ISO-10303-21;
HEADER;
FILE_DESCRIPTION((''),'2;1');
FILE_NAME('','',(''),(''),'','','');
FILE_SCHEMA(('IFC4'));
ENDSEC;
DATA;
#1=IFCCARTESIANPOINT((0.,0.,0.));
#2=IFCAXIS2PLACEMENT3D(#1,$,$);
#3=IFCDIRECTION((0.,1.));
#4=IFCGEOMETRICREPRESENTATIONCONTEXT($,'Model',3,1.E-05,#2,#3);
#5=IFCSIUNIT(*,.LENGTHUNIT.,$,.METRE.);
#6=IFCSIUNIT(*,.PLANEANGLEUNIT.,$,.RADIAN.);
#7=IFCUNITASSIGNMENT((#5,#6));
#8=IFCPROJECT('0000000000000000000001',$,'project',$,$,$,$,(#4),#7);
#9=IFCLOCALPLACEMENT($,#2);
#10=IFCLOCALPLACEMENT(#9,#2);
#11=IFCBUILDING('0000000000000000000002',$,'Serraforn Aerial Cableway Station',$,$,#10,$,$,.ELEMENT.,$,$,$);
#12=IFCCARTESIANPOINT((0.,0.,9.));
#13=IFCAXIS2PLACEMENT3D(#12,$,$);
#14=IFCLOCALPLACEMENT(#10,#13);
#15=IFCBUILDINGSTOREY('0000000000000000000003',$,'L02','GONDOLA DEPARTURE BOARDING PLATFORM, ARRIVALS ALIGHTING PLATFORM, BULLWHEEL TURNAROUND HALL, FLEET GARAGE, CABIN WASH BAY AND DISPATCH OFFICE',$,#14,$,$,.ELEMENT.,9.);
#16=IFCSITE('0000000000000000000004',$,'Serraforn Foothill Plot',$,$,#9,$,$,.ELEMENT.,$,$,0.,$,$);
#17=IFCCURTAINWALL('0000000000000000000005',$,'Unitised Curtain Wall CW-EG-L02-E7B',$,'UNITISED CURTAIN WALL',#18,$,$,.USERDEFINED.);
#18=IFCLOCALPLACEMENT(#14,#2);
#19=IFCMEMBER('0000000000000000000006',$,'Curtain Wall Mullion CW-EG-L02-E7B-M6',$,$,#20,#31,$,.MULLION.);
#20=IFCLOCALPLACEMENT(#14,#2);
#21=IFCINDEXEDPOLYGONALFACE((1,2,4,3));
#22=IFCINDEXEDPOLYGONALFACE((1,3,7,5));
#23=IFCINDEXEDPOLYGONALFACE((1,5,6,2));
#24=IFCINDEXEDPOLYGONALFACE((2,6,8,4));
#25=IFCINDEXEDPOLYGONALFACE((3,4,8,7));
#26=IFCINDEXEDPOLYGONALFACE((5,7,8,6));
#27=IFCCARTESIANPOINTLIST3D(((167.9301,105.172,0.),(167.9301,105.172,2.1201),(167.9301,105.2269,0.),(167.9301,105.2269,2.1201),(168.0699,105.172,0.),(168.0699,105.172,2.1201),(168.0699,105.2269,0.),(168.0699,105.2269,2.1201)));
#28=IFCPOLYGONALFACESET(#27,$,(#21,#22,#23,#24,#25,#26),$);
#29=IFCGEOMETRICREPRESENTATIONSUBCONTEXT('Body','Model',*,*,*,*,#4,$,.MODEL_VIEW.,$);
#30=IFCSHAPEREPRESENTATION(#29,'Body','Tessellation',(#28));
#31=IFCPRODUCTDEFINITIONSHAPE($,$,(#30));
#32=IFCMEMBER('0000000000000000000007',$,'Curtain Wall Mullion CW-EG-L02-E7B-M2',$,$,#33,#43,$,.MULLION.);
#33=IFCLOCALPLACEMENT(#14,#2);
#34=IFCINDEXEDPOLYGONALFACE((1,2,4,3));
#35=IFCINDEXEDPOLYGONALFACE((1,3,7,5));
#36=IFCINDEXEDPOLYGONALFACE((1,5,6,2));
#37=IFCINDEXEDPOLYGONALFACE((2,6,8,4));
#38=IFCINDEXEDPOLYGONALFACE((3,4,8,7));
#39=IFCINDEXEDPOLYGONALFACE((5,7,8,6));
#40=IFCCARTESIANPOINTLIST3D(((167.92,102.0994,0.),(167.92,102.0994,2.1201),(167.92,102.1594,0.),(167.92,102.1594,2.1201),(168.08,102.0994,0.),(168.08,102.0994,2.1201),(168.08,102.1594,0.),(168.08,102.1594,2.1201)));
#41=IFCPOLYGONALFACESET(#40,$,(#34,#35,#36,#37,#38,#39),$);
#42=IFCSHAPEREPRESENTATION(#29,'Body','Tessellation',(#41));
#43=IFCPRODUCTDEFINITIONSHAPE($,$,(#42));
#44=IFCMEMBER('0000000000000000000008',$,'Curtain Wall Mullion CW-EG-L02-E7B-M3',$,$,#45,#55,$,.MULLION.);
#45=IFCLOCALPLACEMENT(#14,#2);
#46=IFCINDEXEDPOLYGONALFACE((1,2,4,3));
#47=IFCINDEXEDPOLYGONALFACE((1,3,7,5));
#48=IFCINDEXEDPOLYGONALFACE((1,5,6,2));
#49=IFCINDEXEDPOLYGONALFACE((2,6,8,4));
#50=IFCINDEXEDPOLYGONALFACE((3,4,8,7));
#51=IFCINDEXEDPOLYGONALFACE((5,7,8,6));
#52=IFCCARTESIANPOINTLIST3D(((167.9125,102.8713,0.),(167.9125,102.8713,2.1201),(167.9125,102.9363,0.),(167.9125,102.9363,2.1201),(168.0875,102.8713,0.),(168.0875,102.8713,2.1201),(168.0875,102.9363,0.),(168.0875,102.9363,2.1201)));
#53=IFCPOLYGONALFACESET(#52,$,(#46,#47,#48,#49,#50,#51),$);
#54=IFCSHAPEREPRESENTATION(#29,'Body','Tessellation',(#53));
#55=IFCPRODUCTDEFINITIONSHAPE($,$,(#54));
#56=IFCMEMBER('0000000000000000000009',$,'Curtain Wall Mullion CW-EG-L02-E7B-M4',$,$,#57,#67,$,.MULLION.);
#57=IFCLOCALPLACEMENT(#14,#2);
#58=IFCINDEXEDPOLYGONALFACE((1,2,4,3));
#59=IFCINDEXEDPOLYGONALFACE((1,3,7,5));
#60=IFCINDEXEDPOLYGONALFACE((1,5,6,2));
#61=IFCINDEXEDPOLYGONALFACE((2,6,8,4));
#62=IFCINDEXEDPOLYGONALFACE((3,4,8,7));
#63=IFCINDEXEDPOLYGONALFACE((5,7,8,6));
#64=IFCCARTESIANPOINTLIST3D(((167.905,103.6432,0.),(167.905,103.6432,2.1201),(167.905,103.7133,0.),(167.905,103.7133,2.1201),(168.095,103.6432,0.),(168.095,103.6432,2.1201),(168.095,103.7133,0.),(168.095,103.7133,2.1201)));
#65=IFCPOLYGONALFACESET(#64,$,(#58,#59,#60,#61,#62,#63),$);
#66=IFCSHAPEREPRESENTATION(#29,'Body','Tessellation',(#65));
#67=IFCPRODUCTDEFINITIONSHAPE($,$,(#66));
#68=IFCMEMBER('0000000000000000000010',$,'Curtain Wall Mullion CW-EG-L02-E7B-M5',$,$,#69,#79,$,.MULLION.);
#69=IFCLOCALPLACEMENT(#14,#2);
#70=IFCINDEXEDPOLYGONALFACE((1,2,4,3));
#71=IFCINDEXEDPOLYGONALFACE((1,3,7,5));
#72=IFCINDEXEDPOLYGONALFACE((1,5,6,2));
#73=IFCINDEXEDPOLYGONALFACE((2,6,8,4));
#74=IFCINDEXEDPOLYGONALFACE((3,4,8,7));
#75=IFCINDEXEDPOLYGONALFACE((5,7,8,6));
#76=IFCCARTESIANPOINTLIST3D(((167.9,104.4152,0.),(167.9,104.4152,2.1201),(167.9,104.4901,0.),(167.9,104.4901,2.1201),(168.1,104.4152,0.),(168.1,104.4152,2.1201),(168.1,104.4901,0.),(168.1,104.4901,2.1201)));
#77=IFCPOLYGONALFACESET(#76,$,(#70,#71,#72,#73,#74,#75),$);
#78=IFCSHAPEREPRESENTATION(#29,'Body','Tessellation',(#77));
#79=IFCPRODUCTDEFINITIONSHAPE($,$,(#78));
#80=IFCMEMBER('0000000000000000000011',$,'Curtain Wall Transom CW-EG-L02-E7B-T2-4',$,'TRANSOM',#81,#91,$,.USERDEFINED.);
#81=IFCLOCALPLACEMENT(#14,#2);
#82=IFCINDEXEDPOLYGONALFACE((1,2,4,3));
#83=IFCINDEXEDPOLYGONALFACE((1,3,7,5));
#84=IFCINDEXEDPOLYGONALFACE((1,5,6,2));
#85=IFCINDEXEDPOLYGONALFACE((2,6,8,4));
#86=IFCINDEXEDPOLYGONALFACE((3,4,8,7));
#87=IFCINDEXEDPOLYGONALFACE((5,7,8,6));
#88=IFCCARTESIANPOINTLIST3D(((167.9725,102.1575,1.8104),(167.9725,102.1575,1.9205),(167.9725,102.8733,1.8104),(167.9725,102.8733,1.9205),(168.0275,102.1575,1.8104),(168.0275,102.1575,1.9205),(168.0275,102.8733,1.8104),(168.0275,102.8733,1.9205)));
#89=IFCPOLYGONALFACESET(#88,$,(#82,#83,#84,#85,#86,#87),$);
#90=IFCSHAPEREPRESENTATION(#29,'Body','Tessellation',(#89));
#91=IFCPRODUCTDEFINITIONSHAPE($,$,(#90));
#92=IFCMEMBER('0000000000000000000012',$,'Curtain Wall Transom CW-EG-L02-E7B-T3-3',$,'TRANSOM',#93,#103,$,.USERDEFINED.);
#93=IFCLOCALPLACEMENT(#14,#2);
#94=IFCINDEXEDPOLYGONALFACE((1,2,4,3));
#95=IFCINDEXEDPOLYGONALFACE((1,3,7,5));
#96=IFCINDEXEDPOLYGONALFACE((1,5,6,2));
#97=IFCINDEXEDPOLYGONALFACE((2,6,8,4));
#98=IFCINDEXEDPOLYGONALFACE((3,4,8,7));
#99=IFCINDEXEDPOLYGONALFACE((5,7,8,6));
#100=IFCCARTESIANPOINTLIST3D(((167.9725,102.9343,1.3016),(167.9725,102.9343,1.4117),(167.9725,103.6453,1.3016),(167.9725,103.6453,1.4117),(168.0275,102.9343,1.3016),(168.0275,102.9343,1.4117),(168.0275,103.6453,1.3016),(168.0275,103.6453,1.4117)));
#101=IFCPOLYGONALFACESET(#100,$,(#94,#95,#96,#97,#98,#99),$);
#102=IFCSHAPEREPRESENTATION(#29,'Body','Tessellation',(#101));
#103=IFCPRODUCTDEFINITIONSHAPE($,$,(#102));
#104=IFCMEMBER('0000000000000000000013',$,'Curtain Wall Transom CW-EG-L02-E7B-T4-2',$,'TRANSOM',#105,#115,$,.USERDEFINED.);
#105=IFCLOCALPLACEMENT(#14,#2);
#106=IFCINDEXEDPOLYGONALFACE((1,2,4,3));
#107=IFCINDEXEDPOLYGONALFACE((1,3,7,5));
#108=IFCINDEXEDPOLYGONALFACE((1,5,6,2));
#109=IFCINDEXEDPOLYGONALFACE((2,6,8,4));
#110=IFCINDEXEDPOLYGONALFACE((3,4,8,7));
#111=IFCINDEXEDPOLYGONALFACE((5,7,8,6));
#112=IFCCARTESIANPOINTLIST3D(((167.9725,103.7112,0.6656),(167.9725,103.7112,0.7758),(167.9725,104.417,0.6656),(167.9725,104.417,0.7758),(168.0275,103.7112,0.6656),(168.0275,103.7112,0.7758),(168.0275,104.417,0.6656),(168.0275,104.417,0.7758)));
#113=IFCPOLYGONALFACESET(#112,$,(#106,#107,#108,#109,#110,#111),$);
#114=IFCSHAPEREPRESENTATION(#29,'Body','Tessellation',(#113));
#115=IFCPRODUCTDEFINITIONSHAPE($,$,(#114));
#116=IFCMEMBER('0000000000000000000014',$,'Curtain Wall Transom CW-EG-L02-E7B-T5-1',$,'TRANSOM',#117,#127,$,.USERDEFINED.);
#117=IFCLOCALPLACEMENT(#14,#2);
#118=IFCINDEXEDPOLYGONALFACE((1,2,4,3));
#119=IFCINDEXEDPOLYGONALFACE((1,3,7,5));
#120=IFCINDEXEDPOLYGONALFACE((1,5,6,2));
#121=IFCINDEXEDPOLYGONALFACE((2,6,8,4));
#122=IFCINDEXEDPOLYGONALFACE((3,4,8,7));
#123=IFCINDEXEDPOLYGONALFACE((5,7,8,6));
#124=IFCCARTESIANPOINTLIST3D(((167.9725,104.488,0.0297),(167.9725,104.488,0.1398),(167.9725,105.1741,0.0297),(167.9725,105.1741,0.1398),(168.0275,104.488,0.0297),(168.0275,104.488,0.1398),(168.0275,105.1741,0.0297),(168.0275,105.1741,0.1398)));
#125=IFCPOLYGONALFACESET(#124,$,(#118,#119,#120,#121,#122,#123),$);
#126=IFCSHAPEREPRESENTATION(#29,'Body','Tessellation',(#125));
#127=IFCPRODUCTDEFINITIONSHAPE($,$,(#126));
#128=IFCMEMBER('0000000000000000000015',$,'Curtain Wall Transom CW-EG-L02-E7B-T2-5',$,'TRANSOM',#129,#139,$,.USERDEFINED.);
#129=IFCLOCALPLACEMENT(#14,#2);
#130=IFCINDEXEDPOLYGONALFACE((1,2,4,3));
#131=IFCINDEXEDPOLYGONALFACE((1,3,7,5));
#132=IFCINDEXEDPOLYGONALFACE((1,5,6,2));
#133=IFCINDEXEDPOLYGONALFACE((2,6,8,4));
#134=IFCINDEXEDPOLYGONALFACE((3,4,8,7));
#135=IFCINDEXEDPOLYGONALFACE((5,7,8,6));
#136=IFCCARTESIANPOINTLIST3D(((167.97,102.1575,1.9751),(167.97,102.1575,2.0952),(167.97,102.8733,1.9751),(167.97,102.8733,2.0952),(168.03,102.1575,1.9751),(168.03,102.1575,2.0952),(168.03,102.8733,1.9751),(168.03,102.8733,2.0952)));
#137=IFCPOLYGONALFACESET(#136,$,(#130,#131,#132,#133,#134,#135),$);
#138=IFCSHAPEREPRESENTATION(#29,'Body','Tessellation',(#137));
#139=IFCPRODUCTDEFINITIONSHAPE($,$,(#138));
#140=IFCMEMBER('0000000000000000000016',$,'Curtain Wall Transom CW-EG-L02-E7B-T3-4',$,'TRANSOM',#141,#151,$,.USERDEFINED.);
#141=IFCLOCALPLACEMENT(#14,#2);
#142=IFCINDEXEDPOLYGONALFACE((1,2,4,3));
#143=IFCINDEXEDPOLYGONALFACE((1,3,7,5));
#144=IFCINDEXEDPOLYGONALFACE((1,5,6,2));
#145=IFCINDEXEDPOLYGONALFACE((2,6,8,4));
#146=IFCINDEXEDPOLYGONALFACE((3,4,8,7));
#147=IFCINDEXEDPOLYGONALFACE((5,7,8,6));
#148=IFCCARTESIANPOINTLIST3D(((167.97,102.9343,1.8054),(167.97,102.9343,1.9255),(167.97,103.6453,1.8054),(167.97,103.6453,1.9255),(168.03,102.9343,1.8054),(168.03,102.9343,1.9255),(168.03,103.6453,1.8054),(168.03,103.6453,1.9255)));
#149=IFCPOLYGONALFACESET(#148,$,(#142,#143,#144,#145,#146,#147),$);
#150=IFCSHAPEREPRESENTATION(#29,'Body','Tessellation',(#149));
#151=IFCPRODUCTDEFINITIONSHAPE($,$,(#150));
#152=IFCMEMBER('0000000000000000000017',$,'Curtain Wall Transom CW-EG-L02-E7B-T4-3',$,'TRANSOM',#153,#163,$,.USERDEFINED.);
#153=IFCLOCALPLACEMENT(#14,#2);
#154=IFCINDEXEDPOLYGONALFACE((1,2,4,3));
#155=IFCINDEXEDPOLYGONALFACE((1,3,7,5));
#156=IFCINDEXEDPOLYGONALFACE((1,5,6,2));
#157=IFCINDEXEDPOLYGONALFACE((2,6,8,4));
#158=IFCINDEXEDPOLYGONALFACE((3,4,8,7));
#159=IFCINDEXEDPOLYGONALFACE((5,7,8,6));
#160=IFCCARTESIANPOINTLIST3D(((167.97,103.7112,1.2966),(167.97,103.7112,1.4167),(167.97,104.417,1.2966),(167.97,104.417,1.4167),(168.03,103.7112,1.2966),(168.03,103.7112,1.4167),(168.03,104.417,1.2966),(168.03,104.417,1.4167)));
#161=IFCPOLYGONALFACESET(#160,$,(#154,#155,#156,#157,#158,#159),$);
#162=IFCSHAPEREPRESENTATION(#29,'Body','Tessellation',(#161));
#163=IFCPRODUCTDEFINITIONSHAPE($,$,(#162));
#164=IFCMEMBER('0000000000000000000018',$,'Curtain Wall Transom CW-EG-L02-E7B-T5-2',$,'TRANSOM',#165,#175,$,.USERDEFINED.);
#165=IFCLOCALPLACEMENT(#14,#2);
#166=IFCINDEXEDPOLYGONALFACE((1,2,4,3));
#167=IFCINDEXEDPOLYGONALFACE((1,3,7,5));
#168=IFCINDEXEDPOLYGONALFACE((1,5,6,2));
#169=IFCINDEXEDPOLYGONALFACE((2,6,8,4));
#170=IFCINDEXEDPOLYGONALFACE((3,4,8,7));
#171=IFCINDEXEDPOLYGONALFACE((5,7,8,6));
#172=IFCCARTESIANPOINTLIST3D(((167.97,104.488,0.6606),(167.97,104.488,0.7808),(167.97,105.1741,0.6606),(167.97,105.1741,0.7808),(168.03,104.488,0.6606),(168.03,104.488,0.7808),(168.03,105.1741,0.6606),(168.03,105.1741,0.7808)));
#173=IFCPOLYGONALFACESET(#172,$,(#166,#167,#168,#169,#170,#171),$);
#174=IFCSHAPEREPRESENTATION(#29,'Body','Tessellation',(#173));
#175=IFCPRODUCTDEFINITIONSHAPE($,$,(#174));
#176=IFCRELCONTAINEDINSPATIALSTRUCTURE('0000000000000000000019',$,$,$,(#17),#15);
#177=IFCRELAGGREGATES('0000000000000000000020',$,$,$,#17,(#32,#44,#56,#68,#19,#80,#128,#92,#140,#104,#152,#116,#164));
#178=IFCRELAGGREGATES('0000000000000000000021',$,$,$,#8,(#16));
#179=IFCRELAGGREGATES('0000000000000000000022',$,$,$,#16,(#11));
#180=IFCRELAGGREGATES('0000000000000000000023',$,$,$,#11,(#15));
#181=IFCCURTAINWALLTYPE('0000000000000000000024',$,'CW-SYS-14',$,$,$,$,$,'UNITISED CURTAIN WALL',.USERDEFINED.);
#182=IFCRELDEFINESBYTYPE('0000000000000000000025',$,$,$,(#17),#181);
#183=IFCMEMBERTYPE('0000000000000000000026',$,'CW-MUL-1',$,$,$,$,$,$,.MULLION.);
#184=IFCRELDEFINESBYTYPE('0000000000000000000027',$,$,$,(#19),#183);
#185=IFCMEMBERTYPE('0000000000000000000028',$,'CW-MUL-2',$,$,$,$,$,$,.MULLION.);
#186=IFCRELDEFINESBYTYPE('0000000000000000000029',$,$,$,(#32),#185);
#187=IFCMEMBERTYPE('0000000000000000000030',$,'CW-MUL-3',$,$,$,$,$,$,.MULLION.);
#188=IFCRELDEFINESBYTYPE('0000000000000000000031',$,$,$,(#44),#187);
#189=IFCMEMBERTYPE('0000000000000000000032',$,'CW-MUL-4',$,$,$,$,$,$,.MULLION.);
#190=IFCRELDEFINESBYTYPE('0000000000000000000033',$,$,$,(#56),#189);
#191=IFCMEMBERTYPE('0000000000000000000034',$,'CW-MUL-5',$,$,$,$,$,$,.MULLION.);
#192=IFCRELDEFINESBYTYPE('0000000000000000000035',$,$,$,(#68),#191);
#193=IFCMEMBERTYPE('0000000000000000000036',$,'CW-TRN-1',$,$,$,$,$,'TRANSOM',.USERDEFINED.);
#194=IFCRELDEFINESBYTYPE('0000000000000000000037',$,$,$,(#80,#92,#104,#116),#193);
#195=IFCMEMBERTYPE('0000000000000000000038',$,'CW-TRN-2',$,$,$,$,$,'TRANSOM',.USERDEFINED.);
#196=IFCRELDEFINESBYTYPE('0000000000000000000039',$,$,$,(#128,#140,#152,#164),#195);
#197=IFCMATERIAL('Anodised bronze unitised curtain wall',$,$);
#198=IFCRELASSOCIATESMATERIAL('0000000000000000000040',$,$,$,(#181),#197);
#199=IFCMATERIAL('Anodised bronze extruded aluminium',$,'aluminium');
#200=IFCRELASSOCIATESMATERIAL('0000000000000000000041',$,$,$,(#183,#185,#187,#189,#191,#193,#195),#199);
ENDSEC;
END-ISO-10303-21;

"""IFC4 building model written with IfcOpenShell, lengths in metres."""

from ifc_helpers import new_model, si_unit, direction, frame, origin, origin_2d, place, context, subcontext, project, spatial, rectangle, extrude, material, material_profile, profile_set, type_object, element, aggregate, save


model = new_model("IFC4")

# Units and contexts
model_context = context("Model", 3, precision=1e-05, world=origin(), true_north=direction((0.0, 1.0)))
body_context = subcontext(model_context, "Body", "Model", "MODEL_VIEW")
ifc_project = project(units=[si_unit("LENGTHUNIT", "METRE"), si_unit("PLANEANGLEUNIT", "RADIAN")], contexts=[model_context])

# Site, building, storey
site_placement = place(None, origin())
site = spatial("IfcSite", under=ifc_project, at=site_placement, Name="Serraforn Foothill Plot", CompositionType="ELEMENT", RefElevation=0.0)
building_placement = place(site_placement, origin())
building = spatial("IfcBuilding", under=site, at=building_placement, Name="Serraforn Aerial Cableway Station", CompositionType="ELEMENT")
storey_placement = place(building_placement, frame((0.0, 0.0, 9.0)))
storey = spatial("IfcBuildingStorey", under=building, at=storey_placement, Name="L02", Description="GONDOLA DEPARTURE BOARDING PLATFORM, ARRIVALS ALIGHTING PLATFORM, BULLWHEEL TURNAROUND HALL, FLEET GARAGE, CABIN WASH BAY AND DISPATCH OFFICE", CompositionType="ELEMENT", Elevation=9.0)

# Curtain wall, members
ifc_material_1 = material(Name="Anodised bronze unitised curtain wall")
curtain_wall_type = type_object("IfcCurtainWallType", Name="CW-SYS-14", ElementType="UNITISED CURTAIN WALL", PredefinedType="USERDEFINED", material=ifc_material_1)
curtain_wall_placement = place(storey_placement, origin())
curtain_wall = element("IfcCurtainWall", 1, at=curtain_wall_placement, inside=storey, type_object=curtain_wall_type, Name="Unitised Curtain Wall CW-EG-L02-E7B", ObjectType="UNITISED CURTAIN WALL", PredefinedType="USERDEFINED")
ifc_material_2 = material(Name="Anodised bronze extruded aluminium", Category="aluminium")
ifc_material_profile_1 = material_profile(ifc_material_2, rectangle(XDim=0.0549, YDim=0.1399, at=origin_2d()), Name="CW MULLION 55x140")
ifc_profile_set_1 = profile_set([ifc_material_profile_1], Name="Anodised bronze extruded aluminium")
member_type_1 = type_object("IfcMemberType", Name="CW-MUL-1", PredefinedType="MULLION", material=ifc_profile_set_1)
member_1_placement = place(storey_placement, frame((168.0, 105.1995, 0.0), z_axis=(0.0, 0.0, 1.0), x_axis=(0.0, 1.0, 0.0)))
member_1 = element("IfcMember", 2, at=member_1_placement, type_object=member_type_1, Name="Curtain Wall Mullion CW-EG-L02-E7B-M6", PredefinedType="MULLION", context=body_context, shape_type="SweptSolid", body=[
    extrude(rectangle(XDim=0.0549, YDim=0.1399, at=origin_2d()), origin(), (0.0, 0.0, 1.0), 2.1201),
])
ifc_material_profile_2 = material_profile(ifc_material_2, rectangle(XDim=0.0601, YDim=0.1599, at=origin_2d()), Name="CW MULLION 60x160")
ifc_profile_set_2 = profile_set([ifc_material_profile_2], Name="Anodised bronze extruded aluminium")
member_type_2 = type_object("IfcMemberType", Name="CW-MUL-2", PredefinedType="MULLION", material=ifc_profile_set_2)
member_2_placement = place(storey_placement, frame((168.0, 102.1294, 0.0), z_axis=(0.0, 0.0, 1.0), x_axis=(0.0, 1.0, 0.0)))
member_2 = element("IfcMember", 3, at=member_2_placement, type_object=member_type_2, Name="Curtain Wall Mullion CW-EG-L02-E7B-M2", PredefinedType="MULLION", context=body_context, shape_type="SweptSolid", body=[
    extrude(rectangle(XDim=0.0601, YDim=0.1599, at=origin_2d()), origin(), (0.0, 0.0, 1.0), 2.1201),
])
ifc_material_profile_3 = material_profile(ifc_material_2, rectangle(XDim=0.0649, YDim=0.175, at=origin_2d()), Name="CW MULLION 65x175")
ifc_profile_set_3 = profile_set([ifc_material_profile_3], Name="Anodised bronze extruded aluminium")
member_type_3 = type_object("IfcMemberType", Name="CW-MUL-3", PredefinedType="MULLION", material=ifc_profile_set_3)
member_3_placement = place(storey_placement, frame((168.0, 102.9038, 0.0), z_axis=(0.0, 0.0, 1.0), x_axis=(0.0, 1.0, 0.0)))
member_3 = element("IfcMember", 4, at=member_3_placement, type_object=member_type_3, Name="Curtain Wall Mullion CW-EG-L02-E7B-M3", PredefinedType="MULLION", context=body_context, shape_type="SweptSolid", body=[
    extrude(rectangle(XDim=0.0649, YDim=0.175, at=origin_2d()), origin(), (0.0, 0.0, 1.0), 2.1201),
])
ifc_material_profile_4 = material_profile(ifc_material_2, rectangle(XDim=0.0701, YDim=0.1899, at=origin_2d()), Name="CW MULLION 70x190")
ifc_profile_set_4 = profile_set([ifc_material_profile_4], Name="Anodised bronze extruded aluminium")
member_type_4 = type_object("IfcMemberType", Name="CW-MUL-4", PredefinedType="MULLION", material=ifc_profile_set_4)
member_4_placement = place(storey_placement, frame((168.0, 103.6782, 0.0), z_axis=(0.0, 0.0, 1.0), x_axis=(0.0, 1.0, 0.0)))
member_4 = element("IfcMember", 5, at=member_4_placement, type_object=member_type_4, Name="Curtain Wall Mullion CW-EG-L02-E7B-M4", PredefinedType="MULLION", context=body_context, shape_type="SweptSolid", body=[
    extrude(rectangle(XDim=0.0701, YDim=0.1899, at=origin_2d()), origin(), (0.0, 0.0, 1.0), 2.1201),
])
ifc_material_profile_5 = material_profile(ifc_material_2, rectangle(XDim=0.075, YDim=0.2, at=origin_2d()), Name="CW MULLION 75x200")
ifc_profile_set_5 = profile_set([ifc_material_profile_5], Name="Anodised bronze extruded aluminium")
member_type_5 = type_object("IfcMemberType", Name="CW-MUL-5", PredefinedType="MULLION", material=ifc_profile_set_5)
member_5_placement = place(storey_placement, frame((168.0, 104.4526, 0.0), z_axis=(0.0, 0.0, 1.0), x_axis=(0.0, 1.0, 0.0)))
member_5 = element("IfcMember", 6, at=member_5_placement, type_object=member_type_5, Name="Curtain Wall Mullion CW-EG-L02-E7B-M5", PredefinedType="MULLION", context=body_context, shape_type="SweptSolid", body=[
    extrude(rectangle(XDim=0.075, YDim=0.2, at=origin_2d()), origin(), (0.0, 0.0, 1.0), 2.1201),
])
ifc_material_profile_6 = material_profile(ifc_material_2, rectangle(XDim=0.0549, YDim=0.1101, at=origin_2d()), Name="CW TRANSOM 55x110")
ifc_profile_set_6 = profile_set([ifc_material_profile_6], Name="Anodised bronze extruded aluminium")
member_type_6 = type_object("IfcMemberType", Name="CW-TRN-1", ElementType="TRANSOM", PredefinedType="USERDEFINED", material=ifc_profile_set_6)
member_6_placement = place(storey_placement, frame((168.0, 102.1575, 1.8655), z_axis=(0.0, 1.0, 0.0), x_axis=(-1.0, 0.0, 0.0)))
member_6 = element("IfcMember", 7, at=member_6_placement, type_object=member_type_6, Name="Curtain Wall Transom CW-EG-L02-E7B-T2-4", ObjectType="TRANSOM", PredefinedType="USERDEFINED", context=body_context, shape_type="SweptSolid", body=[
    extrude(rectangle(XDim=0.0549, YDim=0.1101, at=origin_2d()), origin(), (0.0, 0.0, 1.0), 0.7158),
])
member_7_placement = place(storey_placement, frame((168.0, 102.9343, 1.3567), z_axis=(0.0, 1.0, 0.0), x_axis=(-1.0, 0.0, 0.0)))
member_7 = element("IfcMember", 8, at=member_7_placement, type_object=member_type_6, Name="Curtain Wall Transom CW-EG-L02-E7B-T3-3", ObjectType="TRANSOM", PredefinedType="USERDEFINED", context=body_context, shape_type="SweptSolid", body=[
    extrude(rectangle(XDim=0.0549, YDim=0.1101, at=origin_2d()), origin(), (0.0, 0.0, 1.0), 0.7109),
])
member_8_placement = place(storey_placement, frame((168.0, 103.7112, 0.7207), z_axis=(0.0, 1.0, 0.0), x_axis=(-1.0, 0.0, 0.0)))
member_8 = element("IfcMember", 9, at=member_8_placement, type_object=member_type_6, Name="Curtain Wall Transom CW-EG-L02-E7B-T4-2", ObjectType="TRANSOM", PredefinedType="USERDEFINED", context=body_context, shape_type="SweptSolid", body=[
    extrude(rectangle(XDim=0.0549, YDim=0.1101, at=origin_2d()), origin(), (0.0, 0.0, 1.0), 0.7058),
])
member_9_placement = place(storey_placement, frame((168.0, 104.488, 0.0847), z_axis=(0.0, 1.0, 0.0), x_axis=(-1.0, 0.0, 0.0)))
member_9 = element("IfcMember", 10, at=member_9_placement, type_object=member_type_6, Name="Curtain Wall Transom CW-EG-L02-E7B-T5-1", ObjectType="TRANSOM", PredefinedType="USERDEFINED", context=body_context, shape_type="SweptSolid", body=[
    extrude(rectangle(XDim=0.0549, YDim=0.1101, at=origin_2d()), origin(), (0.0, 0.0, 1.0), 0.686),
])
ifc_material_profile_7 = material_profile(ifc_material_2, rectangle(XDim=0.0601, YDim=0.1201, at=origin_2d()), Name="CW TRANSOM 60x120")
ifc_profile_set_7 = profile_set([ifc_material_profile_7], Name="Anodised bronze extruded aluminium")
member_type_7 = type_object("IfcMemberType", Name="CW-TRN-2", ElementType="TRANSOM", PredefinedType="USERDEFINED", material=ifc_profile_set_7)
member_10_placement = place(storey_placement, frame((168.0, 102.1575, 2.0352), z_axis=(0.0, 1.0, 0.0), x_axis=(-1.0, 0.0, 0.0)))
member_10 = element("IfcMember", 11, at=member_10_placement, type_object=member_type_7, Name="Curtain Wall Transom CW-EG-L02-E7B-T2-5", ObjectType="TRANSOM", PredefinedType="USERDEFINED", context=body_context, shape_type="SweptSolid", body=[
    extrude(rectangle(XDim=0.0601, YDim=0.1201, at=origin_2d()), origin(), (0.0, 0.0, 1.0), 0.7158),
])
member_11_placement = place(storey_placement, frame((168.0, 102.9343, 1.8655), z_axis=(0.0, 1.0, 0.0), x_axis=(-1.0, 0.0, 0.0)))
member_11 = element("IfcMember", 12, at=member_11_placement, type_object=member_type_7, Name="Curtain Wall Transom CW-EG-L02-E7B-T3-4", ObjectType="TRANSOM", PredefinedType="USERDEFINED", context=body_context, shape_type="SweptSolid", body=[
    extrude(rectangle(XDim=0.0601, YDim=0.1201, at=origin_2d()), origin(), (0.0, 0.0, 1.0), 0.7109),
])
member_12_placement = place(storey_placement, frame((168.0, 103.7112, 1.3567), z_axis=(0.0, 1.0, 0.0), x_axis=(-1.0, 0.0, 0.0)))
member_12 = element("IfcMember", 13, at=member_12_placement, type_object=member_type_7, Name="Curtain Wall Transom CW-EG-L02-E7B-T4-3", ObjectType="TRANSOM", PredefinedType="USERDEFINED", context=body_context, shape_type="SweptSolid", body=[
    extrude(rectangle(XDim=0.0601, YDim=0.1201, at=origin_2d()), origin(), (0.0, 0.0, 1.0), 0.7058),
])
member_13_placement = place(storey_placement, frame((168.0, 104.488, 0.7207), z_axis=(0.0, 1.0, 0.0), x_axis=(-1.0, 0.0, 0.0)))
member_13 = element("IfcMember", 14, at=member_13_placement, type_object=member_type_7, Name="Curtain Wall Transom CW-EG-L02-E7B-T5-2", ObjectType="TRANSOM", PredefinedType="USERDEFINED", context=body_context, shape_type="SweptSolid", body=[
    extrude(rectangle(XDim=0.0601, YDim=0.1201, at=origin_2d()), origin(), (0.0, 0.0, 1.0), 0.686),
])
aggregate(curtain_wall, [member_2, member_3, member_4, member_5, member_1, member_6, member_10, member_7, member_11, member_8, member_12, member_9, member_13])

save(model, "model.ifc")
